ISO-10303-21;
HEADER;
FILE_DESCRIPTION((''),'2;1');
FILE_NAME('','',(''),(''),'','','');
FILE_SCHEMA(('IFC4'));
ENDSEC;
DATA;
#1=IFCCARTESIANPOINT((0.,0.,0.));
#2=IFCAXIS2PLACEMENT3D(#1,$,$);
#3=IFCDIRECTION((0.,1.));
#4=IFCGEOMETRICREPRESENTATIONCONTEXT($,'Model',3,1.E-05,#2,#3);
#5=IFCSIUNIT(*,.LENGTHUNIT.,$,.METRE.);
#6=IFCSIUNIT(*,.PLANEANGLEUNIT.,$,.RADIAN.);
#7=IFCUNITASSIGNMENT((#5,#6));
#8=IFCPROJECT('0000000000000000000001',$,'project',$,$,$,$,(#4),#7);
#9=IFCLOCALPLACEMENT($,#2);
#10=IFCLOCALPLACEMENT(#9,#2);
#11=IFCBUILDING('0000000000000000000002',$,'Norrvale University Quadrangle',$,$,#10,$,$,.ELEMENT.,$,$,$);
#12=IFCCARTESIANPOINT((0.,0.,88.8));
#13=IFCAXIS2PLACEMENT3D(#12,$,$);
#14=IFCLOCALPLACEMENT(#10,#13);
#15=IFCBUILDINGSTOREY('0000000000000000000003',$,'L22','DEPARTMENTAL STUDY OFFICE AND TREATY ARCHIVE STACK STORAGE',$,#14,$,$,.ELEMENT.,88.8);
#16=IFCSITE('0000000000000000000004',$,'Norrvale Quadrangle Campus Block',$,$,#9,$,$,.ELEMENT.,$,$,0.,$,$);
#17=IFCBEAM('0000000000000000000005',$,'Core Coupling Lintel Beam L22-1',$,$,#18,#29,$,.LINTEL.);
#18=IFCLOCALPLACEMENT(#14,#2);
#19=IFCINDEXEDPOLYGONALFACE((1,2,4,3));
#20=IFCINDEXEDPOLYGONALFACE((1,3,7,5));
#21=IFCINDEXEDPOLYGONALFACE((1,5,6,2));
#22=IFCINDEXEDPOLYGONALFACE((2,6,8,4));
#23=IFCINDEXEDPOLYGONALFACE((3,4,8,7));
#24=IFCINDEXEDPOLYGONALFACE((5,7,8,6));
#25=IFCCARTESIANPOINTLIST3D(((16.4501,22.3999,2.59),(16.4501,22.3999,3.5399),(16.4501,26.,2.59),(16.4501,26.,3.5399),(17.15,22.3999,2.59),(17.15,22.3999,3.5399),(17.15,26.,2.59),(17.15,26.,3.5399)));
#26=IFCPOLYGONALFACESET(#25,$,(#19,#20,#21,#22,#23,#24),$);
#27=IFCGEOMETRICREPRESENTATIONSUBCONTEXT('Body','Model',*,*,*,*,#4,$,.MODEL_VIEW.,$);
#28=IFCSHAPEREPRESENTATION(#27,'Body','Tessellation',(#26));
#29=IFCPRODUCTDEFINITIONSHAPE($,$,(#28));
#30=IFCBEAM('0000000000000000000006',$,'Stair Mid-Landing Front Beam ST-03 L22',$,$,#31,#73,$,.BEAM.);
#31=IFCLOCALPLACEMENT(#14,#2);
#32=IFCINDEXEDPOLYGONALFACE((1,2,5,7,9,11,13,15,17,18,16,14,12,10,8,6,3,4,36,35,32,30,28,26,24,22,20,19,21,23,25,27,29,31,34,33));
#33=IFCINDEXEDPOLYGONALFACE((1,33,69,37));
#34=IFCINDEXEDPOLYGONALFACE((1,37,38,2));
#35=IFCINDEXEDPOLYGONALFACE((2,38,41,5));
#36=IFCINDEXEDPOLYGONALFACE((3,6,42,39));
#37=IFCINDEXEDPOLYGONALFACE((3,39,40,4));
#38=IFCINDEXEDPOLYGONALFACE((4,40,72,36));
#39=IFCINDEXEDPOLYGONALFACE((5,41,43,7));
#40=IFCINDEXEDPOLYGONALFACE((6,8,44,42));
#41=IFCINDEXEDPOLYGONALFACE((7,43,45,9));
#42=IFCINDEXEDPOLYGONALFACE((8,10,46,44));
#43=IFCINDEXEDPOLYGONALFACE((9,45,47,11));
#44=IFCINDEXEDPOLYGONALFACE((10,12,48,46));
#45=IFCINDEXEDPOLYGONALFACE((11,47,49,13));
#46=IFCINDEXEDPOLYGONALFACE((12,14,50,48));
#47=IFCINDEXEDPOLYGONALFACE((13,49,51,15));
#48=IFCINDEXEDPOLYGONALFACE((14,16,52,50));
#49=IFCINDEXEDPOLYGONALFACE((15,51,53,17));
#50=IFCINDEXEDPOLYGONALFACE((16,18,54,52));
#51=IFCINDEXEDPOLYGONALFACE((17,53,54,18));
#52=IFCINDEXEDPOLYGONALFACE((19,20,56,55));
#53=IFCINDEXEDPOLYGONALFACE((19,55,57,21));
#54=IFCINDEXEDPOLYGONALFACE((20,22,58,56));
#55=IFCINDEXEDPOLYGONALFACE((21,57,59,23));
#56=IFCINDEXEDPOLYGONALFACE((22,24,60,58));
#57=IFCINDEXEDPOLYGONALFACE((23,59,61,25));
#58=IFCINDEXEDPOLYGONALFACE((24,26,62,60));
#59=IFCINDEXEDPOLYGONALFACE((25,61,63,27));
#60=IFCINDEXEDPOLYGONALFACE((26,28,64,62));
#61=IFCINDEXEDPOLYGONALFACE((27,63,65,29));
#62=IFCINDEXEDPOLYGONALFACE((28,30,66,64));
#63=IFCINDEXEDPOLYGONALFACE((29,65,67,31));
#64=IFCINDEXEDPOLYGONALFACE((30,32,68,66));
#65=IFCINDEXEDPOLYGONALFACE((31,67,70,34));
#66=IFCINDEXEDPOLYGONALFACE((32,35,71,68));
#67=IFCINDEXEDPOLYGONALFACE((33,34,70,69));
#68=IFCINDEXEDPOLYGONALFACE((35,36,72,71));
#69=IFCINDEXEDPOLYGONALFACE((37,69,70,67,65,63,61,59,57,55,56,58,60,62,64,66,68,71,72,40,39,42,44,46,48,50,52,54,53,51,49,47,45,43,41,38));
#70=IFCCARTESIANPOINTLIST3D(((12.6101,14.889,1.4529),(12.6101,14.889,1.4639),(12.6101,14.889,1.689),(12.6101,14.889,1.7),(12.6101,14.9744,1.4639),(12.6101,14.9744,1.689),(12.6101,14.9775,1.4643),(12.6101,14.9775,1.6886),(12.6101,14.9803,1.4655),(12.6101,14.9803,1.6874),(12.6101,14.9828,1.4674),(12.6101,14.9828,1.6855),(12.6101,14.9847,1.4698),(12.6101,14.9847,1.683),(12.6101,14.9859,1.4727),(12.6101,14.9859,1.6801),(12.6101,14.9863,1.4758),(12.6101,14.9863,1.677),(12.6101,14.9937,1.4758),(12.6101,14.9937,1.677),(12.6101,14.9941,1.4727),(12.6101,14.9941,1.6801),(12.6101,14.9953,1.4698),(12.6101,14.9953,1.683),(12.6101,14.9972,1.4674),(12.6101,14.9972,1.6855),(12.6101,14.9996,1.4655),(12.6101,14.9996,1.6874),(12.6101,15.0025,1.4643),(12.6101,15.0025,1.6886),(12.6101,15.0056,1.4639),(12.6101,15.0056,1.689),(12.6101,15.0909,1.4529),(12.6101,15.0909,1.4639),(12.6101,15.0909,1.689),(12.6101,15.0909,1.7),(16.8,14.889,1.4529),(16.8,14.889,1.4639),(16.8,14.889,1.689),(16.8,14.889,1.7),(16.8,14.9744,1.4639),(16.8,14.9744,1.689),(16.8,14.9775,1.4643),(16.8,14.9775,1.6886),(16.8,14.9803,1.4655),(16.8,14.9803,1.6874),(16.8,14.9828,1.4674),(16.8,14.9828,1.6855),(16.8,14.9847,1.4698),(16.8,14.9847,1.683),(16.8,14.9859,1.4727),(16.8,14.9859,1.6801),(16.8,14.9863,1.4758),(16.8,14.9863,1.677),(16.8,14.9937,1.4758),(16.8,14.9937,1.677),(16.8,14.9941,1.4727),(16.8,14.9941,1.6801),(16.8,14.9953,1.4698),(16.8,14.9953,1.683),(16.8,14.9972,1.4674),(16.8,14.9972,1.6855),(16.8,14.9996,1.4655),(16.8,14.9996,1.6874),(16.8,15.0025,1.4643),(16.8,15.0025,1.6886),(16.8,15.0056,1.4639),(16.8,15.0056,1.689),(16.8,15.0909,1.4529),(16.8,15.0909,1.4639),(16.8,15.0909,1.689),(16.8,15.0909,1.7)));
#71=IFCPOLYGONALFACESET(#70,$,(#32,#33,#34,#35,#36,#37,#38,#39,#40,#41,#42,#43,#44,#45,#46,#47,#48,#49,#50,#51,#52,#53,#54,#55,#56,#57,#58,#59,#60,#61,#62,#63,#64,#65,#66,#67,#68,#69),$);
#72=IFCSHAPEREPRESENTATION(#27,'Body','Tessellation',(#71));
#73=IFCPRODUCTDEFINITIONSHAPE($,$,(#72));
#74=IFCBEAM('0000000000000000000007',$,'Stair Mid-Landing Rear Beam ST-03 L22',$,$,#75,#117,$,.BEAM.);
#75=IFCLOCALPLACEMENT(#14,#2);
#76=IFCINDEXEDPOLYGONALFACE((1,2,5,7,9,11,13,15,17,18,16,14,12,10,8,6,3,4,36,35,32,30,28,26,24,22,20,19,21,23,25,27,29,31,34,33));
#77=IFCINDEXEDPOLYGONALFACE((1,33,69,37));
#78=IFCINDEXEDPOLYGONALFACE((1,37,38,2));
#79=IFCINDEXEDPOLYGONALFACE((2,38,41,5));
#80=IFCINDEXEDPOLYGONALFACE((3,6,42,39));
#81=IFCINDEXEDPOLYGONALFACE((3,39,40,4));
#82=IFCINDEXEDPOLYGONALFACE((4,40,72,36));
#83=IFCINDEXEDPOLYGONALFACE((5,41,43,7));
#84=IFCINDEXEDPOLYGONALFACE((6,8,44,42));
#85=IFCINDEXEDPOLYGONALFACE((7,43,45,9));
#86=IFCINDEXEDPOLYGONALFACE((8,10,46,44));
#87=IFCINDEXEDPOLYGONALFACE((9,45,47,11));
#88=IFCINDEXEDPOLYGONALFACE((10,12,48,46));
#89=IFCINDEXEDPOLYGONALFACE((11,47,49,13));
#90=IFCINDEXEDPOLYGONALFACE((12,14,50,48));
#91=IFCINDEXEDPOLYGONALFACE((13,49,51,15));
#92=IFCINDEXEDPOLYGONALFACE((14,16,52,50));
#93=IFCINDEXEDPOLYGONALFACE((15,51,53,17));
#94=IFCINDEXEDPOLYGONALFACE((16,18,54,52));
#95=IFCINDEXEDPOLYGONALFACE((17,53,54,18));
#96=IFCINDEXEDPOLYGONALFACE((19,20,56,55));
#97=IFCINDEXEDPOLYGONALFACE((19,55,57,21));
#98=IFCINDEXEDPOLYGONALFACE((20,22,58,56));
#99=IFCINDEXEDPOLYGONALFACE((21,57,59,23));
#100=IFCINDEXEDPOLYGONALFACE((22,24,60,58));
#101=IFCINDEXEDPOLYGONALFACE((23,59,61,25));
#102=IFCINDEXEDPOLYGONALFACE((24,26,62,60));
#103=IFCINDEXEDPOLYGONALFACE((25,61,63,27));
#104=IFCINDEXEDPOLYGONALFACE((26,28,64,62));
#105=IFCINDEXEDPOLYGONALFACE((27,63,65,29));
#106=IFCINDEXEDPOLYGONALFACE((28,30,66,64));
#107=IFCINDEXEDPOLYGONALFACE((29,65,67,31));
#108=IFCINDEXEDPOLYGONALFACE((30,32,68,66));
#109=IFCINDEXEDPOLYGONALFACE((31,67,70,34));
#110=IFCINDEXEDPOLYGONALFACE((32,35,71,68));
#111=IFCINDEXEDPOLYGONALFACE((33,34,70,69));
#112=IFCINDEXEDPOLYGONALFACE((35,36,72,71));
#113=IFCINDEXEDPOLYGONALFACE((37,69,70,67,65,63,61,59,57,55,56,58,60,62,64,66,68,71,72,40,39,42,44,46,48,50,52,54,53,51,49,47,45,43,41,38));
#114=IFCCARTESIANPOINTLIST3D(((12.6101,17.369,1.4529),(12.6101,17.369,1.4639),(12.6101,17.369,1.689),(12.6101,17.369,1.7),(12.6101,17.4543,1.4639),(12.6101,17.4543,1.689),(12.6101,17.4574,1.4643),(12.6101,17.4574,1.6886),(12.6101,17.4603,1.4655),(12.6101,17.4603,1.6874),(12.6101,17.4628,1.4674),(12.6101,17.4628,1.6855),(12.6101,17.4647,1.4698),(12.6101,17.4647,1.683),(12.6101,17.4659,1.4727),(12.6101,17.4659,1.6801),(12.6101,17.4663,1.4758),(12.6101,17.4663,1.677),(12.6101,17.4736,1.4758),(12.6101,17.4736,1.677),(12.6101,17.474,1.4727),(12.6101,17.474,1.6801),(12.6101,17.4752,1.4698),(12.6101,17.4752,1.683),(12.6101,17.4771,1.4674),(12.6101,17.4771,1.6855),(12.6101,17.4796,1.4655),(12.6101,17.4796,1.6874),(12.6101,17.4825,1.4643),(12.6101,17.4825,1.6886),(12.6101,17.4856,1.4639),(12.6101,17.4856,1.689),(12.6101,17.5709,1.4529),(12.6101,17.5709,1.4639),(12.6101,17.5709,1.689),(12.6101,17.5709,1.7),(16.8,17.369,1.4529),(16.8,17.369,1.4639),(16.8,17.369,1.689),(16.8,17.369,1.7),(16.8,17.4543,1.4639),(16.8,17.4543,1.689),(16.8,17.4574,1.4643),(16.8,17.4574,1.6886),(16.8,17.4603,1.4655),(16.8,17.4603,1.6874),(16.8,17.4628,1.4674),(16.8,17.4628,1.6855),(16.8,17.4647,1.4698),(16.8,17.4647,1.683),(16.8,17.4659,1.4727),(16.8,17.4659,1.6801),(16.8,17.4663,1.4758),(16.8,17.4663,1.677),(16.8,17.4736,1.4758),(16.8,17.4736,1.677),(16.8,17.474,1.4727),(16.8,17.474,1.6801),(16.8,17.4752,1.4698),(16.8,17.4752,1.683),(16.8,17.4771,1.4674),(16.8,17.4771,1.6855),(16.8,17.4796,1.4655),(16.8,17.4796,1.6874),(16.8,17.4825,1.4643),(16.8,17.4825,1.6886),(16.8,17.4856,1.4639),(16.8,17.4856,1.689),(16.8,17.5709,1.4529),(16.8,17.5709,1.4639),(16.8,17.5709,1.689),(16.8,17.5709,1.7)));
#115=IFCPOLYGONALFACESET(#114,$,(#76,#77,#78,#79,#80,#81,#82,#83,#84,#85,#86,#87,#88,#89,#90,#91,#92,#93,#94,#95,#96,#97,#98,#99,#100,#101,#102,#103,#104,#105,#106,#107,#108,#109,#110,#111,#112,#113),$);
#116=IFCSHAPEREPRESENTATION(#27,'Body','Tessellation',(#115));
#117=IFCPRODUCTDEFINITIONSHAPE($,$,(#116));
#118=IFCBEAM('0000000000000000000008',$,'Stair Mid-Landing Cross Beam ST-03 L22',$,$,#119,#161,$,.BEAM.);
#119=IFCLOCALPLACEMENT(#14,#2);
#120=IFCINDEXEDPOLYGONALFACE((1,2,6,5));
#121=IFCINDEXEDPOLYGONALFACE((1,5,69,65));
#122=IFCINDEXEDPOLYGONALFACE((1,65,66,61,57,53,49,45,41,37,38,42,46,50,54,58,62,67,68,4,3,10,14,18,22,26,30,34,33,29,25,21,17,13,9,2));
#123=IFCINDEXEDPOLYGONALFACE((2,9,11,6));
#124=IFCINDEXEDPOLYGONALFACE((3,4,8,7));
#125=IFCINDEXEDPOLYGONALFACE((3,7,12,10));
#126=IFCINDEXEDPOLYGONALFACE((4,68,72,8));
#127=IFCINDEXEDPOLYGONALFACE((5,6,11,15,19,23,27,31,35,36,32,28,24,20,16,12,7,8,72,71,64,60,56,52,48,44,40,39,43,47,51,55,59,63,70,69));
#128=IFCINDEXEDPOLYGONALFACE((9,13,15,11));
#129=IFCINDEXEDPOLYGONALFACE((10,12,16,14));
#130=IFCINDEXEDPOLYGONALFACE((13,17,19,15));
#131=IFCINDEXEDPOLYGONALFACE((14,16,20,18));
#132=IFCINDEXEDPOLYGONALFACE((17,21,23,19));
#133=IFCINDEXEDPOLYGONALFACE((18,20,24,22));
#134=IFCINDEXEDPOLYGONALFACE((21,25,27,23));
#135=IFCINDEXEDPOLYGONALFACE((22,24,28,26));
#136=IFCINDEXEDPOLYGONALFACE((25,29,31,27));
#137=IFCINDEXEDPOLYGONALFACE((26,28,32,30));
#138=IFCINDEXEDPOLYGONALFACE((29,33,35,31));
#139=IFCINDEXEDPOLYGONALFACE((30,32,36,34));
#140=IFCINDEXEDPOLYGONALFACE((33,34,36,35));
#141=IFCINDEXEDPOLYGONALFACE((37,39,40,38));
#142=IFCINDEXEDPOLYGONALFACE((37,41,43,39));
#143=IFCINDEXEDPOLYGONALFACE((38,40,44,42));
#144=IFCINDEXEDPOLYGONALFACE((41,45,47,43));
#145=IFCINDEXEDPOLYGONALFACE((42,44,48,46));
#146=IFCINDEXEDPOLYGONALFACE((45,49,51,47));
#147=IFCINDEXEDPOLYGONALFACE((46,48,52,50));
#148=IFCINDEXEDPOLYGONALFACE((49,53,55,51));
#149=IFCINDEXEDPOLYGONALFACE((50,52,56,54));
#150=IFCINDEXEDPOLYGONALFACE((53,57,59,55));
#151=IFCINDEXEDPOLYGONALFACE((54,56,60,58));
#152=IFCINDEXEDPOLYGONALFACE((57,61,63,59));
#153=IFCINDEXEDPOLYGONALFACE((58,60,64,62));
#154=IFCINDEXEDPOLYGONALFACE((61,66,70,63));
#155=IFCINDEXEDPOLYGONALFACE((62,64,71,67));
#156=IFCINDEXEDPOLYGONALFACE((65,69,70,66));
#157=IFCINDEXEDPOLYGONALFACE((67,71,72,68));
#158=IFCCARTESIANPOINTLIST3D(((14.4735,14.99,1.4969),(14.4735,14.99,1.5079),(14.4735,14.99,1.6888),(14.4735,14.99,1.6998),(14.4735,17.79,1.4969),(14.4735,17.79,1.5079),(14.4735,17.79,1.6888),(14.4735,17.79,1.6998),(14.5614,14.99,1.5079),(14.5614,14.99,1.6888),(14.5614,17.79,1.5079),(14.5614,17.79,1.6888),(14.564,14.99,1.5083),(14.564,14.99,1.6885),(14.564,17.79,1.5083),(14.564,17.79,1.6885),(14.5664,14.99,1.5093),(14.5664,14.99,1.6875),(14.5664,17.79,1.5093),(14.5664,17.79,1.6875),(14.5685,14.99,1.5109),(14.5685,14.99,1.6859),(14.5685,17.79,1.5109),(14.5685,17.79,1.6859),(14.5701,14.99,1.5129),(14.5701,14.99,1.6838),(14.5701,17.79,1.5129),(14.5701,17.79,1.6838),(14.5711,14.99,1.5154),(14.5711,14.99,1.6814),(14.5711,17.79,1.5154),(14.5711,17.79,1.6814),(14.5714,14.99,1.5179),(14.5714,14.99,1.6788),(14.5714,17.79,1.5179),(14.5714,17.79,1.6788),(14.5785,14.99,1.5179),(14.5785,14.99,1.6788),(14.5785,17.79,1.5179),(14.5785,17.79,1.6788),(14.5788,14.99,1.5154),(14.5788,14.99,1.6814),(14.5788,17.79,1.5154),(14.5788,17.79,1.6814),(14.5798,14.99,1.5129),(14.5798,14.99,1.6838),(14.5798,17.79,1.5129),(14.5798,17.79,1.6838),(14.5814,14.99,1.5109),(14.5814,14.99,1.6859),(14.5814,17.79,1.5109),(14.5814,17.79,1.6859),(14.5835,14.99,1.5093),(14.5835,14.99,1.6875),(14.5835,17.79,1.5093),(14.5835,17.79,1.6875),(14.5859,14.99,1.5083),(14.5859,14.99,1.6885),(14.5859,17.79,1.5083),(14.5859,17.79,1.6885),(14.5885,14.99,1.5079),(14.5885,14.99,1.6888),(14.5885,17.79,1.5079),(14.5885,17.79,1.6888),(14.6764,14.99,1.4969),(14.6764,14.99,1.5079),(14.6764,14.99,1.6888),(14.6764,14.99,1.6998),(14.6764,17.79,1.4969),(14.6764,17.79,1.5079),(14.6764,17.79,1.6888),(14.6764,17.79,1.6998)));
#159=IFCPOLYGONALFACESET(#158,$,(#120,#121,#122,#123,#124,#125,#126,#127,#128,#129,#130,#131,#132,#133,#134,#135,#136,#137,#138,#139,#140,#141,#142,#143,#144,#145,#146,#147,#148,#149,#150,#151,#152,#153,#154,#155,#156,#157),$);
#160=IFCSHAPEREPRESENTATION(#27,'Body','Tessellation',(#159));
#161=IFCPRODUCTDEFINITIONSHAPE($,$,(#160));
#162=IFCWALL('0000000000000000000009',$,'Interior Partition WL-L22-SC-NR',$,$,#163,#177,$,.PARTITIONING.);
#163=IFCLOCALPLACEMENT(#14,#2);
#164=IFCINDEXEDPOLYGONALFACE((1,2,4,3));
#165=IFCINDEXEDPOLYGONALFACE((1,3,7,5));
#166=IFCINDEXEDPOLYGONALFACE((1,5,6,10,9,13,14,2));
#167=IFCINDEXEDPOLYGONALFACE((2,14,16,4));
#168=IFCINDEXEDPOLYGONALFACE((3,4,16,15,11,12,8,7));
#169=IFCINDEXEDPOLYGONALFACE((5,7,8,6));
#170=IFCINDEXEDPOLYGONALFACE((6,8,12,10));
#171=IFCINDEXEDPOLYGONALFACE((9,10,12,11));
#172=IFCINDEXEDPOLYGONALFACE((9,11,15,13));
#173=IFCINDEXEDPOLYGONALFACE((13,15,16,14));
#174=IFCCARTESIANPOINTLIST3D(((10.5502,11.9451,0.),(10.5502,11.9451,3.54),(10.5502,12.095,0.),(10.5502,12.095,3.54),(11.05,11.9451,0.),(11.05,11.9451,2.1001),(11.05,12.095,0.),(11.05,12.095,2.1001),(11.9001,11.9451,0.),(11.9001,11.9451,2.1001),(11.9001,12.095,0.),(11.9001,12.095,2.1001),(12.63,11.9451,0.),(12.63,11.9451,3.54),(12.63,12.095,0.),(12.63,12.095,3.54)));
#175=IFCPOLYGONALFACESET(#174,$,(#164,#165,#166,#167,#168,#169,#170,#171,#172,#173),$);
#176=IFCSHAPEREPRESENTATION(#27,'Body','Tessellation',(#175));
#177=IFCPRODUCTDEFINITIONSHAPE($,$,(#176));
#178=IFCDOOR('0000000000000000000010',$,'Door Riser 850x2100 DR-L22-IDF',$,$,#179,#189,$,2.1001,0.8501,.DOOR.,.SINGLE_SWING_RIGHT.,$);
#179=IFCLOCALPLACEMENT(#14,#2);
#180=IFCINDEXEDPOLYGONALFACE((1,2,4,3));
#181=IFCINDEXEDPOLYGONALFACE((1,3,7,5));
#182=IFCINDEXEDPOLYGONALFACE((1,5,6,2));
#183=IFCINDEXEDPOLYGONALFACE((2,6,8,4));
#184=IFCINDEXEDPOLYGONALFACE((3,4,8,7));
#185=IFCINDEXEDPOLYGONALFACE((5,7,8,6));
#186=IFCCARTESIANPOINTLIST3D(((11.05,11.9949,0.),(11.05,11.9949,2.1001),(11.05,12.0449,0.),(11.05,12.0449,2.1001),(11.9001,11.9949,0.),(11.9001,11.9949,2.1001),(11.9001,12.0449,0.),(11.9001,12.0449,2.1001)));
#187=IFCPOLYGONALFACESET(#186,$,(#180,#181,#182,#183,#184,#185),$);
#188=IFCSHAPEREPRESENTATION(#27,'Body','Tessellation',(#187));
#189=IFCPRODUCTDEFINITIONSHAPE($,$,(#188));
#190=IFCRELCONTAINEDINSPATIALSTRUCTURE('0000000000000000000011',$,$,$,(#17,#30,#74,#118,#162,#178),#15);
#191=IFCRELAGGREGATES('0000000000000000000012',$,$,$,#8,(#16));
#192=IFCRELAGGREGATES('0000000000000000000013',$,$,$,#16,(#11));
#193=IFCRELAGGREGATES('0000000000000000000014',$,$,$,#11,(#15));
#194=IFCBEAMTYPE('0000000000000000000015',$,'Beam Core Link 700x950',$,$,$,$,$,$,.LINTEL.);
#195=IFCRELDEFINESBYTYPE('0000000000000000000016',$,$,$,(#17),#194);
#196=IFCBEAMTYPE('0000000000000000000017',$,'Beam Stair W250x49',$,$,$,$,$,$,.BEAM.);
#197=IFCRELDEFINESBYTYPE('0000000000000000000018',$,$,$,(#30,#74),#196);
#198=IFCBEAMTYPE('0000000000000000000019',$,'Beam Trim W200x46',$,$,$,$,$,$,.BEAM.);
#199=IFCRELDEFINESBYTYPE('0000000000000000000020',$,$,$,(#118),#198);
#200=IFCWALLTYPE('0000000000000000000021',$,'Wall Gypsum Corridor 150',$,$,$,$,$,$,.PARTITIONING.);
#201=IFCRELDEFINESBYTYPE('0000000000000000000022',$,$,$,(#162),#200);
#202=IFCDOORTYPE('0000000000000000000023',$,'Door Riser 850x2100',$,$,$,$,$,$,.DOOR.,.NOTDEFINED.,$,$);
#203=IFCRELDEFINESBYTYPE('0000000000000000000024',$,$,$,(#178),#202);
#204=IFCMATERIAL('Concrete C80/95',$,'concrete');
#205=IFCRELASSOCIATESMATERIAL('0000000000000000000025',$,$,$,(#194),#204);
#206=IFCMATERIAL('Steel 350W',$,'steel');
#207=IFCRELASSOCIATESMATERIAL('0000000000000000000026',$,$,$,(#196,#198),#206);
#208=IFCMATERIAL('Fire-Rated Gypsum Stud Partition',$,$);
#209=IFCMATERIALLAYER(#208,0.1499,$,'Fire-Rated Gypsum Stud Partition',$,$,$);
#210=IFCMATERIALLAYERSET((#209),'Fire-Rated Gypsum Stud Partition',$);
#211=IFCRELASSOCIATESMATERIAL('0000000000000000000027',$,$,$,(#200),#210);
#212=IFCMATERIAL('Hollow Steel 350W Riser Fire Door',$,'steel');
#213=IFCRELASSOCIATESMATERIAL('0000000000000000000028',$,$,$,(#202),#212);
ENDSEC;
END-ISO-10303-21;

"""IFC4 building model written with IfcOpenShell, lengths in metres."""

from ifc_helpers import new_model, si_unit, direction, frame, frame_2d, origin, origin_2d, place, context, subcontext, project, spatial, rectangle, i_section, extrude, material, layer, layer_set, material_profile, profile_set, type_object, element, fill, save


model = new_model("IFC4")

# Units and contexts
model_context = context("Model", 3, precision=1e-05, world=origin(), true_north=direction((0.0, 1.0)))
body_context = subcontext(model_context, "Body", "Model", "MODEL_VIEW")
ifc_project = project(units=[si_unit("LENGTHUNIT", "METRE"), si_unit("PLANEANGLEUNIT", "RADIAN")], contexts=[model_context])

# Site, building, storey
site_placement = place(None, origin())
site = spatial("IfcSite", under=ifc_project, at=site_placement, Name="Norrvale Quadrangle Campus Block", CompositionType="ELEMENT", RefElevation=0.0)
building_placement = place(site_placement, origin())
building = spatial("IfcBuilding", under=site, at=building_placement, Name="Norrvale University Quadrangle", CompositionType="ELEMENT")
storey_placement = place(building_placement, frame((0.0, 0.0, 88.8)))
storey = spatial("IfcBuildingStorey", under=building, at=storey_placement, Name="L22", Description="DEPARTMENTAL STUDY OFFICE AND TREATY ARCHIVE STACK STORAGE", CompositionType="ELEMENT", Elevation=88.8)

# Beams
ifc_material_1 = material(Name="Concrete C80/95", Category="concrete")
ifc_material_profile_1 = material_profile(ifc_material_1, rectangle(XDim=0.7, YDim=0.95, at=origin_2d()), Name="Concrete C80/95")
ifc_profile_set_1 = profile_set([ifc_material_profile_1], Name="Concrete C80/95")
beam_type_1 = type_object("IfcBeamType", Name="Beam Core Link 700x950", PredefinedType="LINTEL", material=ifc_profile_set_1)
beam_1_placement = place(storey_placement, frame((16.8, 22.3999, 3.0649), z_axis=(0.0, 1.0, 0.0), x_axis=(-1.0, 0.0, 0.0)))
element("IfcBeam", 1, at=beam_1_placement, inside=storey, type_object=beam_type_1, Name="Core Coupling Lintel Beam L22-1", PredefinedType="LINTEL", context=body_context, shape_type="SweptSolid", body=[
    extrude(rectangle(XDim=0.7, YDim=0.95, at=origin_2d()), origin(), (0.0, 0.0, 1.0), 3.6001),
])
ifc_material_2 = material(Name="Steel 350W", Category="steel")
ifc_material_profile_2 = material_profile(ifc_material_2, i_section(OverallWidth=0.2019, OverallDepth=0.2471, WebThickness=0.0073, FlangeThickness=0.011, FilletRadius=0.012, at=origin_2d()), Name="Steel 350W")
ifc_profile_set_2 = profile_set([ifc_material_profile_2], Name="Steel 350W")
beam_type_2 = type_object("IfcBeamType", Name="Beam Stair W250x49", PredefinedType="BEAM", material=ifc_profile_set_2)
for number, where, z_axis, x_axis, name in (
    (2, (12.6101, 14.99, 1.5764), (1.0, 0.0, 0.0), (0.0, 1.0, 0.0), "Stair Mid-Landing Front Beam ST-03 L22"),
    (3, (12.6101, 17.47, 1.5764), (1.0, 0.0, 0.0), (0.0, 1.0, 0.0), "Stair Mid-Landing Rear Beam ST-03 L22"),
):
    element("IfcBeam", number, at=place(storey_placement, frame(where, z_axis=z_axis, x_axis=x_axis)), inside=storey, type_object=beam_type_2, Name=name, PredefinedType="BEAM", context=body_context, shape_type="SweptSolid", body=[
        extrude(i_section(OverallWidth=0.2019, OverallDepth=0.2471, WebThickness=0.0073, FlangeThickness=0.011, FilletRadius=0.012, at=origin_2d()), origin(), (0.0, 0.0, 1.0), 4.1899),
    ])
ifc_material_profile_3 = material_profile(ifc_material_2, i_section(OverallWidth=0.2029, OverallDepth=0.2029, WebThickness=0.0071, FlangeThickness=0.011, FilletRadius=0.01, at=origin_2d()), Name="Steel 350W")
ifc_profile_set_3 = profile_set([ifc_material_profile_3], Name="Steel 350W")
beam_type_3 = type_object("IfcBeamType", Name="Beam Trim W200x46", PredefinedType="BEAM", material=ifc_profile_set_3)
beam_2_placement = place(storey_placement, frame((14.575, 14.99, 1.5984), z_axis=(0.0, 1.0, 0.0), x_axis=(-1.0, 0.0, 0.0)))
element("IfcBeam", 4, at=beam_2_placement, inside=storey, type_object=beam_type_3, Name="Stair Mid-Landing Cross Beam ST-03 L22", PredefinedType="BEAM", context=body_context, shape_type="SweptSolid", body=[
    extrude(i_section(OverallWidth=0.2029, OverallDepth=0.2029, WebThickness=0.0071, FlangeThickness=0.011, FilletRadius=0.01, at=origin_2d()), origin(), (0.0, 0.0, 1.0), 2.8),
])

# Wall, opening, door
ifc_material_3 = material(Name="Fire-Rated Gypsum Stud Partition")
ifc_layer_1 = layer(ifc_material_3, 0.1499, Name="Fire-Rated Gypsum Stud Partition")
ifc_layer_set_1 = layer_set([ifc_layer_1], Name="Fire-Rated Gypsum Stud Partition")
wall_type_1 = type_object("IfcWallType", Name="Wall Gypsum Corridor 150", PredefinedType="PARTITIONING", material=ifc_layer_set_1)
wall_1_placement = place(storey_placement, frame((10.55, 12.02, 0.0), z_axis=(0.0, 0.0, 1.0), x_axis=(1.0, 0.0, 0.0)))
wall_1 = element("IfcWall", 5, at=wall_1_placement, inside=storey, type_object=wall_type_1, Name="Interior Partition WL-L22-SC-NR", PredefinedType="PARTITIONING", context=body_context, shape_type="SweptSolid", body=[
    extrude(rectangle(XDim=2.0798, YDim=0.1499, at=frame_2d((1.04, 0.0))), origin(), (0.0, 0.0, 1.0), 3.54),
])
opening_1_placement = place(wall_1_placement, frame((0.5, 0.0, 0.0)))
opening_1 = element("IfcOpeningElement", 6, at=opening_1_placement, cuts=wall_1, PredefinedType="OPENING", context=body_context, shape_type="SweptSolid", body=[
    extrude(rectangle(XDim=0.8501, YDim=2.1001, at=frame_2d((0.425, 1.05))), frame((0.0, 0.0869, 0.0), z_axis=(0.0, -1.0, 0.0), x_axis=(1.0, 0.0, 0.0)), (0.0, 0.0, 1.0), 0.1738),
])
ifc_material_4 = material(Name="Hollow Steel 350W Riser Fire Door", Category="steel")
door_type_1 = type_object("IfcDoorType", Name="Door Riser 850x2100", OperationType="NOTDEFINED", PredefinedType="DOOR", material=ifc_material_4)
door_1_placement = place(opening_1_placement, origin())
door_1 = element("IfcDoor", 7, at=door_1_placement, inside=storey, type_object=door_type_1, Name="Door Riser 850x2100 DR-L22-IDF", OperationType="SINGLE_SWING_RIGHT", OverallHeight=2.1001, OverallWidth=0.8501, PredefinedType="DOOR", context=body_context, shape_type="SweptSolid", body=[
    extrude(rectangle(XDim=0.8501, YDim=2.1001, at=frame_2d((0.425, 1.05))), frame((0.0, 0.0249, 0.0), z_axis=(0.0, -1.0, 0.0), x_axis=(1.0, 0.0, 0.0)), (0.0, 0.0, 1.0), 0.05),
])
fill(opening_1, door_1)

save(model, "model.ifc")
